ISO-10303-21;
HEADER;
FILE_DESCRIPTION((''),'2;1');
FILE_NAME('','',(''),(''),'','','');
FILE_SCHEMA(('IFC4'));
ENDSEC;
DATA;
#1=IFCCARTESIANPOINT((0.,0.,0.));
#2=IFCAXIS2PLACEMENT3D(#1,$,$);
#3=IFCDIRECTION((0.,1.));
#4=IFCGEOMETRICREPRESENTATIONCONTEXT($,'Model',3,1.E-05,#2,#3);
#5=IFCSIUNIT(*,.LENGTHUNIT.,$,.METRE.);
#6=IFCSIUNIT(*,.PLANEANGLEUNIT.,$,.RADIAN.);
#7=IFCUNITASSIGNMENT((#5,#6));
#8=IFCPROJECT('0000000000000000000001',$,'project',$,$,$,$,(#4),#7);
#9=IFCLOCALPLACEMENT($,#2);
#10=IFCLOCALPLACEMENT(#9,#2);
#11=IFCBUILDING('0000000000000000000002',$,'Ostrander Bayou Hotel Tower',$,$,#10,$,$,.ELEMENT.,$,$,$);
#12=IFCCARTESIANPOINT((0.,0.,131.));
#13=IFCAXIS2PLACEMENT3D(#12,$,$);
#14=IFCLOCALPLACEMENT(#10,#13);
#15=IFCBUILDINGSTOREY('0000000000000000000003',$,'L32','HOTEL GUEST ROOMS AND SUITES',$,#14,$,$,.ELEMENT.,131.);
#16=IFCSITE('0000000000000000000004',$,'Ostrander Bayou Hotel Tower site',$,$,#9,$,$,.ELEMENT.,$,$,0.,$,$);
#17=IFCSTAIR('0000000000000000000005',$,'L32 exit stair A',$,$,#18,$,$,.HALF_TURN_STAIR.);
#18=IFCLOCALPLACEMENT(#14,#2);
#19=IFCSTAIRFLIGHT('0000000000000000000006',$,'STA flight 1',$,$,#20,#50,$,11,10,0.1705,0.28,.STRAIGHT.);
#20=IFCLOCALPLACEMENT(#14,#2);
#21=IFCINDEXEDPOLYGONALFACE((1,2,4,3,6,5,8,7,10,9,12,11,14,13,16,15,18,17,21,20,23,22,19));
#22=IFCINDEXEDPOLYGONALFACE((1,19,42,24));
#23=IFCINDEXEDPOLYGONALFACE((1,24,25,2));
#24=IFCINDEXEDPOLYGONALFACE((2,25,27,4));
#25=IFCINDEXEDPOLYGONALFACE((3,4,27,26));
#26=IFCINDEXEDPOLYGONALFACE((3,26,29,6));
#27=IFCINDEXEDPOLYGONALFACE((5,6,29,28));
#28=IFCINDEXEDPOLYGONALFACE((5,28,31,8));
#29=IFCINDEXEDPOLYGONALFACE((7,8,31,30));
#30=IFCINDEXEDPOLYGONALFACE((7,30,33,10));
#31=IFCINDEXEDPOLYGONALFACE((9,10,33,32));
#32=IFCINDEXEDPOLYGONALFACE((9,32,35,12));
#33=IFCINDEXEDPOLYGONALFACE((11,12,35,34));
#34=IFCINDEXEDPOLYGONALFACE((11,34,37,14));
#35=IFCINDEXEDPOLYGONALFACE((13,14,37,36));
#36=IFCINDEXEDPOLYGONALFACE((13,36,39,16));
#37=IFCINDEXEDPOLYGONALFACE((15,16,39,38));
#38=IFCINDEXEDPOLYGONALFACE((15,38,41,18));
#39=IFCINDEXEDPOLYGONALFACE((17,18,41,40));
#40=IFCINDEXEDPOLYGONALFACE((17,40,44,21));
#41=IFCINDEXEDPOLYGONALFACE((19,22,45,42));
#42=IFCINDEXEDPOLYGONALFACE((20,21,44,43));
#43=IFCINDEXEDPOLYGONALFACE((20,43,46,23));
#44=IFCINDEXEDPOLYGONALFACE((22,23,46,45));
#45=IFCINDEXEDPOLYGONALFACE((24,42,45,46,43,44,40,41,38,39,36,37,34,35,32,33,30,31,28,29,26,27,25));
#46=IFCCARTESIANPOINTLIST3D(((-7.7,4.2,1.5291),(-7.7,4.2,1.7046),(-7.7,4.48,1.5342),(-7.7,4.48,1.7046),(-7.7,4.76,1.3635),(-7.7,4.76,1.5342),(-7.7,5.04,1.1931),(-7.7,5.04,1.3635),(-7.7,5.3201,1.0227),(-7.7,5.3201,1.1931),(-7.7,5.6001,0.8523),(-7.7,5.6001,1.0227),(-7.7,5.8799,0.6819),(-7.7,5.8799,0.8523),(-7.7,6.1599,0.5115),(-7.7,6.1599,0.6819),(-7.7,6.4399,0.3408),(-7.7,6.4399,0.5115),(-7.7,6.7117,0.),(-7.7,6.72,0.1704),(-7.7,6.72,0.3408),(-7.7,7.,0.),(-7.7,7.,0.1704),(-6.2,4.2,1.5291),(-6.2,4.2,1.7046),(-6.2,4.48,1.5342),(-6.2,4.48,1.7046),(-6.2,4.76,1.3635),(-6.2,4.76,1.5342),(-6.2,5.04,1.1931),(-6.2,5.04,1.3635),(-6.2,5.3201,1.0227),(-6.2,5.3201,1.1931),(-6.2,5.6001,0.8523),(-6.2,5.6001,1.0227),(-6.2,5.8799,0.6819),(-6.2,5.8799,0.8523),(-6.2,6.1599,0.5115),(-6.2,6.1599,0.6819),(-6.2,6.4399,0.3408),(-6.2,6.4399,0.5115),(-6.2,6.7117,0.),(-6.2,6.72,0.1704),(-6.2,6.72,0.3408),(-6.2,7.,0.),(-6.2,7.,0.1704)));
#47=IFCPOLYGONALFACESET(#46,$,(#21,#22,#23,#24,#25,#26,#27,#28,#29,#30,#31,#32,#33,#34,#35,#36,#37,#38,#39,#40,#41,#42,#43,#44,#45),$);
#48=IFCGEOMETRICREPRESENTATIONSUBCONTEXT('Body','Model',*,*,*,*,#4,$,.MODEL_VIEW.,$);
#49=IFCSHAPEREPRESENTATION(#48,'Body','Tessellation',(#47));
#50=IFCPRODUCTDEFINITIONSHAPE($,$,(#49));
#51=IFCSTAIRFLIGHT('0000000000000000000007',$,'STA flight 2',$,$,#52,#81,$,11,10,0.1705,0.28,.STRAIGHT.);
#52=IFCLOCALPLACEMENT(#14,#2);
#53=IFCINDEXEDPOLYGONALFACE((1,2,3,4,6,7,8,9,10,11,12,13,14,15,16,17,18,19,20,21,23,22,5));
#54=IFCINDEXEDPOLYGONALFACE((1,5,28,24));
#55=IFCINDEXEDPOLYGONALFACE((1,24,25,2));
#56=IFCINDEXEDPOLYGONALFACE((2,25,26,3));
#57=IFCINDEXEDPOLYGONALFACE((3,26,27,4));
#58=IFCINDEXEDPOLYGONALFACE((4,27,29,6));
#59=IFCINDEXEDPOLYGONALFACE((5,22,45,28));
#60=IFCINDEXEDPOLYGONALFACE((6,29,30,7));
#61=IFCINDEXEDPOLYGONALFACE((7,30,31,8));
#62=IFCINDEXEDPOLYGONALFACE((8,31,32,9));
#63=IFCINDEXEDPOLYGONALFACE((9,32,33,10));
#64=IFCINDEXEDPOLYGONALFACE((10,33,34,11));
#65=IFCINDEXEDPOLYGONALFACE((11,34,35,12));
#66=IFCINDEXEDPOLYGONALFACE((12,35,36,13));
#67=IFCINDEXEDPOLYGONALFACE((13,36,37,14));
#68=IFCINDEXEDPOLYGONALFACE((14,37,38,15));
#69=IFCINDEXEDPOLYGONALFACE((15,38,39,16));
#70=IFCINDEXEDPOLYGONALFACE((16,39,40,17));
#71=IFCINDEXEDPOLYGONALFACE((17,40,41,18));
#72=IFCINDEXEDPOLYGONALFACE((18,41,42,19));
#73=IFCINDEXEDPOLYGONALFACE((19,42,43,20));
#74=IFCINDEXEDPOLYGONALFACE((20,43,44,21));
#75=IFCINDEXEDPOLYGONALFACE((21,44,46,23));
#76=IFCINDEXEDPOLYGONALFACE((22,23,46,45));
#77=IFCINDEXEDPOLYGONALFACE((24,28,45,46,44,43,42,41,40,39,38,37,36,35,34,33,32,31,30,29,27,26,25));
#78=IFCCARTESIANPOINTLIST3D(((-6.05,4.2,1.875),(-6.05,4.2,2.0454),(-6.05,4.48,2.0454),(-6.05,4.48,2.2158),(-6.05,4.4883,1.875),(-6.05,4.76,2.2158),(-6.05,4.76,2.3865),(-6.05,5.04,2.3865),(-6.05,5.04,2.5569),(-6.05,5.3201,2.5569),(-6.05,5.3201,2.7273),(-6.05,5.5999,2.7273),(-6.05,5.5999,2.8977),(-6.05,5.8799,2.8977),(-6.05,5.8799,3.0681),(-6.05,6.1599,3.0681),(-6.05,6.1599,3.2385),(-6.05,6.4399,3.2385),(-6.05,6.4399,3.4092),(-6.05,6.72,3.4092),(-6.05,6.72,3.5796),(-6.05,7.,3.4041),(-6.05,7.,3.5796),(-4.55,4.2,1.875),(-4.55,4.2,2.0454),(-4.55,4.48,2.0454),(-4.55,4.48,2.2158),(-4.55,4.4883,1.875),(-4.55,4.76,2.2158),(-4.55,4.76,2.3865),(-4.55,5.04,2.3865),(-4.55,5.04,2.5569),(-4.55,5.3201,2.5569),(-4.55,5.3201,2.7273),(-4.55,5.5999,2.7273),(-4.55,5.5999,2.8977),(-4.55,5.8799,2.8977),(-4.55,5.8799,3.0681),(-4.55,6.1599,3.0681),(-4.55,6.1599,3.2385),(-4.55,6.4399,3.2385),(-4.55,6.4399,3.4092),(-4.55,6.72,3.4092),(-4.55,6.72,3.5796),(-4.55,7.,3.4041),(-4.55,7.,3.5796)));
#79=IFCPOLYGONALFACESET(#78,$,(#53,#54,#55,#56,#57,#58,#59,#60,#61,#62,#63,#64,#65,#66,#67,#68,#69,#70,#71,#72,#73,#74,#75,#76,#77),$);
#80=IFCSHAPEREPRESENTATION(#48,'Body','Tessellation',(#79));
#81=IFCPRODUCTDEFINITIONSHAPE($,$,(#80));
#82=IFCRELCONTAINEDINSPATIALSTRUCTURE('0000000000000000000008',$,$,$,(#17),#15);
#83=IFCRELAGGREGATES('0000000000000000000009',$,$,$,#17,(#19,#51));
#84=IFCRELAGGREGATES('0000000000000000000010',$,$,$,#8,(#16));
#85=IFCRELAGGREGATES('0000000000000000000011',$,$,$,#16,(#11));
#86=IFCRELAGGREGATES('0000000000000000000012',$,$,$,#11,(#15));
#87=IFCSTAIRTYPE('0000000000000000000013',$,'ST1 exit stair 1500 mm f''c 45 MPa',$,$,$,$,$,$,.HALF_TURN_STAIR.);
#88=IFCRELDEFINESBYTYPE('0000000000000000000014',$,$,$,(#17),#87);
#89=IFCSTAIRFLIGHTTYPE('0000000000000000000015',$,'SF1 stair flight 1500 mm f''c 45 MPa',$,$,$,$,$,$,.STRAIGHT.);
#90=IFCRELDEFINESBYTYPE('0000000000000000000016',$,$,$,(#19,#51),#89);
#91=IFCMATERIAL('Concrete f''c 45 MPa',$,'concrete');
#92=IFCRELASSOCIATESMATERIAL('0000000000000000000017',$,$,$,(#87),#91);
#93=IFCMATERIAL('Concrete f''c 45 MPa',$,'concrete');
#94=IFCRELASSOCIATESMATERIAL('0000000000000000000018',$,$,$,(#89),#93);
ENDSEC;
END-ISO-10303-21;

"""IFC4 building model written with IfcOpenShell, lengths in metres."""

from ifc_helpers import new_model, si_unit, direction, frame, origin, place, context, subcontext, project, spatial, polyline, outline, extrude, material, type_object, element, aggregate, save


model = new_model("IFC4")

# Units and contexts
model_context = context("Model", 3, precision=1e-05, world=origin(), true_north=direction((0.0, 1.0)))
body_context = subcontext(model_context, "Body", "Model", "MODEL_VIEW")
ifc_project = project(units=[si_unit("LENGTHUNIT", "METRE"), si_unit("PLANEANGLEUNIT", "RADIAN")], contexts=[model_context])

# Site, building, storey
site_placement = place(None, origin())
site = spatial("IfcSite", under=ifc_project, at=site_placement, Name="Ostrander Bayou Hotel Tower site", CompositionType="ELEMENT", RefElevation=0.0)
building_placement = place(site_placement, origin())
building = spatial("IfcBuilding", under=site, at=building_placement, Name="Ostrander Bayou Hotel Tower", CompositionType="ELEMENT")
storey_placement = place(building_placement, frame((0.0, 0.0, 131.0)))
storey = spatial("IfcBuildingStorey", under=building, at=storey_placement, Name="L32", Description="HOTEL GUEST ROOMS AND SUITES", CompositionType="ELEMENT", Elevation=131.0)

# Stair, stair flights
ifc_material_1 = material(Name="Concrete f'c 45 MPa", Category="concrete")
stair_type = type_object("IfcStairType", Name="ST1 exit stair 1500 mm f'c 45 MPa", PredefinedType="HALF_TURN_STAIR", material=ifc_material_1)
stair_placement = place(storey_placement, origin())
stair = element("IfcStair", 1, at=stair_placement, inside=storey, type_object=stair_type, Name="L32 exit stair A", PredefinedType="HALF_TURN_STAIR")
ifc_material_2 = material(Name="Concrete f'c 45 MPa", Category="concrete")
stair_flight_type = type_object("IfcStairFlightType", Name="SF1 stair flight 1500 mm f'c 45 MPa", PredefinedType="STRAIGHT", material=ifc_material_2)
stair_flight_1_placement = place(storey_placement, frame((-6.95, 7.0, 0.0), z_axis=(0.0, 0.0, 1.0), x_axis=(0.0, -1.0, 0.0)))
stair_flight_1 = element("IfcStairFlight", 2, at=stair_flight_1_placement, type_object=stair_flight_type, Name="STA flight 1", NumberOfRisers=11, NumberOfTreads=10, PredefinedType="STRAIGHT", RiserHeight=0.1705, TreadLength=0.28, context=body_context, shape_type="SweptSolid", body=[
    extrude(outline(polyline([(0.0, 0.0), (0.0, 0.1704), (0.28, 0.1704), (0.28, 0.3408), (0.5601, 0.3408), (0.5601, 0.5115), (0.8401, 0.5115), (0.8401, 0.6819), (1.1201, 0.6819), (1.1201, 0.8523), (1.3999, 0.8523), (1.3999, 1.0227), (1.6799, 1.0227), (1.6799, 1.1931), (1.96, 1.1931), (1.96, 1.3635), (2.24, 1.3635), (2.24, 1.5342), (2.52, 1.5342), (2.52, 1.7046), (2.8, 1.7046), (2.8, 1.875), (2.8, 1.5291), (0.2883, 0.0), (0.0, 0.0)])), frame((0.0, 0.75, 0.0), z_axis=(0.0, -1.0, 0.0), x_axis=(1.0, 0.0, 0.0)), (0.0, 0.0, 1.0), 1.5),
])
stair_flight_2_placement = place(storey_placement, frame((-5.3, 4.2, 1.875), z_axis=(0.0, 0.0, 1.0), x_axis=(0.0, 1.0, 0.0)))
stair_flight_2 = element("IfcStairFlight", 3, at=stair_flight_2_placement, type_object=stair_flight_type, Name="STA flight 2", NumberOfRisers=11, NumberOfTreads=10, PredefinedType="STRAIGHT", RiserHeight=0.1705, TreadLength=0.28, context=body_context, shape_type="SweptSolid", body=[
    extrude(outline(polyline([(0.0, 0.0), (0.0, 0.1704), (0.28, 0.1704), (0.28, 0.3408), (0.5601, 0.3408), (0.5601, 0.5115), (0.8401, 0.5115), (0.8401, 0.6819), (1.1201, 0.6819), (1.1201, 0.8523), (1.3999, 0.8523), (1.3999, 1.0227), (1.6799, 1.0227), (1.6799, 1.1931), (1.96, 1.1931), (1.96, 1.3635), (2.24, 1.3635), (2.24, 1.5342), (2.52, 1.5342), (2.52, 1.7046), (2.8, 1.7046), (2.8, 1.875), (2.8, 1.5291), (0.2883, 0.0), (0.0, 0.0)])), frame((0.0, 0.75, 0.0), z_axis=(0.0, -1.0, 0.0), x_axis=(1.0, 0.0, 0.0)), (0.0, 0.0, 1.0), 1.5),
])
aggregate(stair, [stair_flight_1, stair_flight_2])

save(model, "model.ifc")
